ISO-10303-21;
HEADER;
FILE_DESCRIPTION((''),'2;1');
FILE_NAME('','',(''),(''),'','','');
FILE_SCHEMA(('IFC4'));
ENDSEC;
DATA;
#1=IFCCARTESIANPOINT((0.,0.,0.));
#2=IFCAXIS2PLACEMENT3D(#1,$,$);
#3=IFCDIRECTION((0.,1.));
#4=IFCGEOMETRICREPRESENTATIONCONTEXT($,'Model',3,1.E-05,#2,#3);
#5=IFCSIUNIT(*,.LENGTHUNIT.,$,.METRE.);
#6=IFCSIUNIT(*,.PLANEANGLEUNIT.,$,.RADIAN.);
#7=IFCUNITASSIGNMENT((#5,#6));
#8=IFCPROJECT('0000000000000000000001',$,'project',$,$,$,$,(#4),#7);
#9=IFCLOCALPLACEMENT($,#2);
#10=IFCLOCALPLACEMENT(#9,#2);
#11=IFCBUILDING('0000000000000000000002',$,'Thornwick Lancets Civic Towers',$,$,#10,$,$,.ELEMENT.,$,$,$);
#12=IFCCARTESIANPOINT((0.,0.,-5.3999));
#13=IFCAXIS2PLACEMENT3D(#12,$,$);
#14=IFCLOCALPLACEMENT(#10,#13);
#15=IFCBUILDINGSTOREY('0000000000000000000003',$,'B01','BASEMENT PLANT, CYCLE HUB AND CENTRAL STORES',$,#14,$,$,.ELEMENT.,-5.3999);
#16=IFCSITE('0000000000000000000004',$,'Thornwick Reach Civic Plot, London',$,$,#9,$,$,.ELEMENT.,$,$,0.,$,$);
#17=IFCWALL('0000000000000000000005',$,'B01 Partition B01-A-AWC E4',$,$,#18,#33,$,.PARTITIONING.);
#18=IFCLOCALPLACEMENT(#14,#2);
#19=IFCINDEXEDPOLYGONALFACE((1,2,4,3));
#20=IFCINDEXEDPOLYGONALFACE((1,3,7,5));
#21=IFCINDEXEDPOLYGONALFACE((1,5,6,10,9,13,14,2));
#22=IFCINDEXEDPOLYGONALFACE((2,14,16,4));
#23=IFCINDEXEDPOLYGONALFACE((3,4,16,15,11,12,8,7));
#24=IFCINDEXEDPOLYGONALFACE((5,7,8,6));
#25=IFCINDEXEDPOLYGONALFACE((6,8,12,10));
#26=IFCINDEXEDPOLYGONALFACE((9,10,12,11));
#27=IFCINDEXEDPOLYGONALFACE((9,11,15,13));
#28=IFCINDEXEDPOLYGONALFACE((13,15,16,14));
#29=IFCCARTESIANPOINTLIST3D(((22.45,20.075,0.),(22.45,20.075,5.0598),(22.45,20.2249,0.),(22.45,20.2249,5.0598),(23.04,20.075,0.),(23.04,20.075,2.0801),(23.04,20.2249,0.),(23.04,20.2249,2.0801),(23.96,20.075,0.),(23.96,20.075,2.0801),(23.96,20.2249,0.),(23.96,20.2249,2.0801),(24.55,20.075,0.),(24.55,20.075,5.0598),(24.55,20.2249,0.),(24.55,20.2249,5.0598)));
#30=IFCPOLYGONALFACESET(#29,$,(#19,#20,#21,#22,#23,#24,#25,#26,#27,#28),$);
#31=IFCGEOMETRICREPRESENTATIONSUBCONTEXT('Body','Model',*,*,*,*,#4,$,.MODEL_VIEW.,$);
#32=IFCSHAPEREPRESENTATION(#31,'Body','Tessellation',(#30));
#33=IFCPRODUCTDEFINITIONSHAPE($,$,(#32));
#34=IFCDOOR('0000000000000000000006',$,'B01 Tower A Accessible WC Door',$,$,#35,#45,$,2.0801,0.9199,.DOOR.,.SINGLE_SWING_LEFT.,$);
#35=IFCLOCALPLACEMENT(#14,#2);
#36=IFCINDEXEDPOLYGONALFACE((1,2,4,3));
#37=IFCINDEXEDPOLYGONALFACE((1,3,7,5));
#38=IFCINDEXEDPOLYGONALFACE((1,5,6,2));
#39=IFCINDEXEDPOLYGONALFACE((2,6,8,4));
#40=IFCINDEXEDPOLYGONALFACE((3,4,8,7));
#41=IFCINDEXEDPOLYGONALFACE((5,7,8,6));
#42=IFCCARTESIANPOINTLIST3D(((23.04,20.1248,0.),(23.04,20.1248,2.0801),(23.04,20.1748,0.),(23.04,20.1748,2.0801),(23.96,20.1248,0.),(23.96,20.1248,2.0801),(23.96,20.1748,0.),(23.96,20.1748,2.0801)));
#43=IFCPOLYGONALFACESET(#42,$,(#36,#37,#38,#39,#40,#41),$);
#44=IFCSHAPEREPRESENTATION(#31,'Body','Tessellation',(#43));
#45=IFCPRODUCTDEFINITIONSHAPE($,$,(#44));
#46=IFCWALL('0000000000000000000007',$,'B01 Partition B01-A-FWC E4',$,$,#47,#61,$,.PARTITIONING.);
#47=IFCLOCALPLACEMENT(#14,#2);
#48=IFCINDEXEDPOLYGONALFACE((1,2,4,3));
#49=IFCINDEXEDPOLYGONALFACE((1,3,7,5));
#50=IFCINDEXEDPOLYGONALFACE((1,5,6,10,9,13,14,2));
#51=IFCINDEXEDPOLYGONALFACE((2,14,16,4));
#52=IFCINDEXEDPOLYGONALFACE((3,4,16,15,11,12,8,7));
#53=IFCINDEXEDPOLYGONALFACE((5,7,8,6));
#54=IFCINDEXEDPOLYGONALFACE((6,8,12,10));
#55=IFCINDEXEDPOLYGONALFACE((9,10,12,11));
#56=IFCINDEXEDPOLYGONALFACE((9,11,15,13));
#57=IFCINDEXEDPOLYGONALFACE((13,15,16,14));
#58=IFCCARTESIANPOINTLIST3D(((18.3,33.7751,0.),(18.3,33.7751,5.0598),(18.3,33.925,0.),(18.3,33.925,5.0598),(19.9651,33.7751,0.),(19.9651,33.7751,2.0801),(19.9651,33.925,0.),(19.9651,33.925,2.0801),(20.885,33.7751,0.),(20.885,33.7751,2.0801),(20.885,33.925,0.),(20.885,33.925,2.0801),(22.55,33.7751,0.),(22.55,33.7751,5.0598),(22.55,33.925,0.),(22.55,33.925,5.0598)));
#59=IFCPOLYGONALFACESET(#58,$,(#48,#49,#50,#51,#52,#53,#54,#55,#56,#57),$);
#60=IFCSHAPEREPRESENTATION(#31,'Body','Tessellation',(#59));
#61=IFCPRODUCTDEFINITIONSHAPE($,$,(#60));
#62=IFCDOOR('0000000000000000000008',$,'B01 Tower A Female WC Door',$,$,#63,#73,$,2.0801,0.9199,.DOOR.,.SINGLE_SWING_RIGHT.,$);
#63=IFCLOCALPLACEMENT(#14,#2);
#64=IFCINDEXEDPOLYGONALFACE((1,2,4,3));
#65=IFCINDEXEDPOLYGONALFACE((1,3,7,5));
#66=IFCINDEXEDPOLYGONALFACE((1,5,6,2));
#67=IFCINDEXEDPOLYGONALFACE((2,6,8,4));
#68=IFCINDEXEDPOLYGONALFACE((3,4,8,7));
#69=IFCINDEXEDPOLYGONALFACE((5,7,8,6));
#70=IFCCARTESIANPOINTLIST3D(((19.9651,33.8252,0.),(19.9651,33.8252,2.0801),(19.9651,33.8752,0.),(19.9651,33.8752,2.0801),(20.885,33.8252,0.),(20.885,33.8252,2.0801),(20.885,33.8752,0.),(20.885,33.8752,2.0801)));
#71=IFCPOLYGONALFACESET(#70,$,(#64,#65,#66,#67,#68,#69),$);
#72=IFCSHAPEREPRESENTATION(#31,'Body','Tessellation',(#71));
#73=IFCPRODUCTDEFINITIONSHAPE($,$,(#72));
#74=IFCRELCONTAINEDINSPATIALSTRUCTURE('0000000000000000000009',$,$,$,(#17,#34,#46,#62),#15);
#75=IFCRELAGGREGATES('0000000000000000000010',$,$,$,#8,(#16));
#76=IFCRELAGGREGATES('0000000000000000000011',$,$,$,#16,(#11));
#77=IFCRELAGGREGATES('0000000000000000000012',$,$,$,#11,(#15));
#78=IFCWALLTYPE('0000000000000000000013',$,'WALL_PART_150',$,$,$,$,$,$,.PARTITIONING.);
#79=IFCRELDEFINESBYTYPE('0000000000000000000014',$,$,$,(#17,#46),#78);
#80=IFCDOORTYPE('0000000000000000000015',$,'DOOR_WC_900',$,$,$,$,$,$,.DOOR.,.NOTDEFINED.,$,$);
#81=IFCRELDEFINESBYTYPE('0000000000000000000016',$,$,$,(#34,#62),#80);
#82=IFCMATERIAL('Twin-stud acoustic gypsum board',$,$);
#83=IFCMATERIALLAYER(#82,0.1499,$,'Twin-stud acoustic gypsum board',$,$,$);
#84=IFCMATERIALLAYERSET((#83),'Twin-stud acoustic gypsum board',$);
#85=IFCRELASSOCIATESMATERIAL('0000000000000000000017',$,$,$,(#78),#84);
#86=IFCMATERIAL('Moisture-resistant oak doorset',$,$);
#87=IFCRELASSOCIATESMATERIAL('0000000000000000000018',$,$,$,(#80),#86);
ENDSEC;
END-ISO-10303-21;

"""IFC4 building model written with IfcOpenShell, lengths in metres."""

from ifc_helpers import new_model, si_unit, direction, frame, frame_2d, origin, place, context, subcontext, project, spatial, rectangle, extrude, material, layer, layer_set, type_object, element, fill, save


model = new_model("IFC4")

# Units and contexts
model_context = context("Model", 3, precision=1e-05, world=origin(), true_north=direction((0.0, 1.0)))
body_context = subcontext(model_context, "Body", "Model", "MODEL_VIEW")
ifc_project = project(units=[si_unit("LENGTHUNIT", "METRE"), si_unit("PLANEANGLEUNIT", "RADIAN")], contexts=[model_context])

# Site, building, storey
site_placement = place(None, origin())
site = spatial("IfcSite", under=ifc_project, at=site_placement, Name="Thornwick Reach Civic Plot, London", CompositionType="ELEMENT", RefElevation=0.0)
building_placement = place(site_placement, origin())
building = spatial("IfcBuilding", under=site, at=building_placement, Name="Thornwick Lancets Civic Towers", CompositionType="ELEMENT")
storey_placement = place(building_placement, frame((0.0, 0.0, -5.3999)))
storey = spatial("IfcBuildingStorey", under=building, at=storey_placement, Name="B01", Description="BASEMENT PLANT, CYCLE HUB AND CENTRAL STORES", CompositionType="ELEMENT", Elevation=-5.3999)

# Shared definitions
ifc_material_1 = material(Name="Twin-stud acoustic gypsum board")
ifc_layer_1 = layer(ifc_material_1, 0.1499, Name="Twin-stud acoustic gypsum board")
ifc_layer_set_1 = layer_set([ifc_layer_1], Name="Twin-stud acoustic gypsum board")
wall_type_1 = type_object("IfcWallType", Name="WALL_PART_150", PredefinedType="PARTITIONING", material=ifc_layer_set_1)
ifc_material_2 = material(Name="Moisture-resistant oak doorset")
door_type_1 = type_object("IfcDoorType", Name="DOOR_WC_900", OperationType="NOTDEFINED", PredefinedType="DOOR", material=ifc_material_2)

# Walls, openings, doors
wall_1_placement = place(storey_placement, frame((22.45, 20.1499, 0.0), z_axis=(0.0, 0.0, 1.0), x_axis=(1.0, 0.0, 0.0)))
wall_1 = element("IfcWall", 1, at=wall_1_placement, inside=storey, type_object=wall_type_1, Name="B01 Partition B01-A-AWC E4", PredefinedType="PARTITIONING", context=body_context, shape_type="SweptSolid", body=[
    extrude(rectangle(XDim=2.1001, YDim=0.1499, at=frame_2d((1.05, 0.0))), origin(), (0.0, 0.0, 1.0), 5.0598),
])
opening_1_placement = place(wall_1_placement, frame((0.5901, 0.0, 0.0)))
opening_1 = element("IfcOpeningElement", 2, at=opening_1_placement, cuts=wall_1, PredefinedType="OPENING", context=body_context, shape_type="SweptSolid", body=[
    extrude(rectangle(XDim=0.9199, YDim=2.0801, at=frame_2d((0.46, 1.04))), frame((0.0, 0.085, 0.0), z_axis=(0.0, -1.0, 0.0), x_axis=(1.0, 0.0, 0.0)), (0.0, 0.0, 1.0), 0.1699),
])
door_1_placement = place(opening_1_placement, origin())
door_1 = element("IfcDoor", 3, at=door_1_placement, inside=storey, type_object=door_type_1, Name="B01 Tower A Accessible WC Door", OperationType="SINGLE_SWING_LEFT", OverallHeight=2.0801, OverallWidth=0.9199, PredefinedType="DOOR", context=body_context, shape_type="SweptSolid", body=[
    extrude(rectangle(XDim=0.9199, YDim=2.0801, at=frame_2d((0.46, 1.04))), frame((0.0, 0.0249, 0.0), z_axis=(0.0, -1.0, 0.0), x_axis=(1.0, 0.0, 0.0)), (0.0, 0.0, 1.0), 0.05),
])
fill(opening_1, door_1)
wall_2_placement = place(storey_placement, frame((22.55, 33.8501, 0.0), z_axis=(0.0, 0.0, 1.0), x_axis=(-1.0, 0.0, 0.0)))
wall_2 = element("IfcWall", 4, at=wall_2_placement, inside=storey, type_object=wall_type_1, Name="B01 Partition B01-A-FWC E4", PredefinedType="PARTITIONING", context=body_context, shape_type="SweptSolid", body=[
    extrude(rectangle(XDim=4.25, YDim=0.1499, at=frame_2d((2.125, 0.0))), origin(), (0.0, 0.0, 1.0), 5.0598),
])
opening_2_placement = place(wall_2_placement, frame((1.665, 0.0, 0.0)))
opening_2 = element("IfcOpeningElement", 5, at=opening_2_placement, cuts=wall_2, PredefinedType="OPENING", context=body_context, shape_type="SweptSolid", body=[
    extrude(rectangle(XDim=0.9199, YDim=2.0801, at=frame_2d((0.46, 1.04))), frame((0.0, 0.085, 0.0), z_axis=(0.0, -1.0, 0.0), x_axis=(1.0, 0.0, 0.0)), (0.0, 0.0, 1.0), 0.1699),
])
door_2_placement = place(opening_2_placement, origin())
door_2 = element("IfcDoor", 6, at=door_2_placement, inside=storey, type_object=door_type_1, Name="B01 Tower A Female WC Door", OperationType="SINGLE_SWING_RIGHT", OverallHeight=2.0801, OverallWidth=0.9199, PredefinedType="DOOR", context=body_context, shape_type="SweptSolid", body=[
    extrude(rectangle(XDim=0.9199, YDim=2.0801, at=frame_2d((0.46, 1.04))), frame((0.0, 0.0249, 0.0), z_axis=(0.0, -1.0, 0.0), x_axis=(1.0, 0.0, 0.0)), (0.0, 0.0, 1.0), 0.05),
])
fill(opening_2, door_2)

save(model, "model.ifc")
